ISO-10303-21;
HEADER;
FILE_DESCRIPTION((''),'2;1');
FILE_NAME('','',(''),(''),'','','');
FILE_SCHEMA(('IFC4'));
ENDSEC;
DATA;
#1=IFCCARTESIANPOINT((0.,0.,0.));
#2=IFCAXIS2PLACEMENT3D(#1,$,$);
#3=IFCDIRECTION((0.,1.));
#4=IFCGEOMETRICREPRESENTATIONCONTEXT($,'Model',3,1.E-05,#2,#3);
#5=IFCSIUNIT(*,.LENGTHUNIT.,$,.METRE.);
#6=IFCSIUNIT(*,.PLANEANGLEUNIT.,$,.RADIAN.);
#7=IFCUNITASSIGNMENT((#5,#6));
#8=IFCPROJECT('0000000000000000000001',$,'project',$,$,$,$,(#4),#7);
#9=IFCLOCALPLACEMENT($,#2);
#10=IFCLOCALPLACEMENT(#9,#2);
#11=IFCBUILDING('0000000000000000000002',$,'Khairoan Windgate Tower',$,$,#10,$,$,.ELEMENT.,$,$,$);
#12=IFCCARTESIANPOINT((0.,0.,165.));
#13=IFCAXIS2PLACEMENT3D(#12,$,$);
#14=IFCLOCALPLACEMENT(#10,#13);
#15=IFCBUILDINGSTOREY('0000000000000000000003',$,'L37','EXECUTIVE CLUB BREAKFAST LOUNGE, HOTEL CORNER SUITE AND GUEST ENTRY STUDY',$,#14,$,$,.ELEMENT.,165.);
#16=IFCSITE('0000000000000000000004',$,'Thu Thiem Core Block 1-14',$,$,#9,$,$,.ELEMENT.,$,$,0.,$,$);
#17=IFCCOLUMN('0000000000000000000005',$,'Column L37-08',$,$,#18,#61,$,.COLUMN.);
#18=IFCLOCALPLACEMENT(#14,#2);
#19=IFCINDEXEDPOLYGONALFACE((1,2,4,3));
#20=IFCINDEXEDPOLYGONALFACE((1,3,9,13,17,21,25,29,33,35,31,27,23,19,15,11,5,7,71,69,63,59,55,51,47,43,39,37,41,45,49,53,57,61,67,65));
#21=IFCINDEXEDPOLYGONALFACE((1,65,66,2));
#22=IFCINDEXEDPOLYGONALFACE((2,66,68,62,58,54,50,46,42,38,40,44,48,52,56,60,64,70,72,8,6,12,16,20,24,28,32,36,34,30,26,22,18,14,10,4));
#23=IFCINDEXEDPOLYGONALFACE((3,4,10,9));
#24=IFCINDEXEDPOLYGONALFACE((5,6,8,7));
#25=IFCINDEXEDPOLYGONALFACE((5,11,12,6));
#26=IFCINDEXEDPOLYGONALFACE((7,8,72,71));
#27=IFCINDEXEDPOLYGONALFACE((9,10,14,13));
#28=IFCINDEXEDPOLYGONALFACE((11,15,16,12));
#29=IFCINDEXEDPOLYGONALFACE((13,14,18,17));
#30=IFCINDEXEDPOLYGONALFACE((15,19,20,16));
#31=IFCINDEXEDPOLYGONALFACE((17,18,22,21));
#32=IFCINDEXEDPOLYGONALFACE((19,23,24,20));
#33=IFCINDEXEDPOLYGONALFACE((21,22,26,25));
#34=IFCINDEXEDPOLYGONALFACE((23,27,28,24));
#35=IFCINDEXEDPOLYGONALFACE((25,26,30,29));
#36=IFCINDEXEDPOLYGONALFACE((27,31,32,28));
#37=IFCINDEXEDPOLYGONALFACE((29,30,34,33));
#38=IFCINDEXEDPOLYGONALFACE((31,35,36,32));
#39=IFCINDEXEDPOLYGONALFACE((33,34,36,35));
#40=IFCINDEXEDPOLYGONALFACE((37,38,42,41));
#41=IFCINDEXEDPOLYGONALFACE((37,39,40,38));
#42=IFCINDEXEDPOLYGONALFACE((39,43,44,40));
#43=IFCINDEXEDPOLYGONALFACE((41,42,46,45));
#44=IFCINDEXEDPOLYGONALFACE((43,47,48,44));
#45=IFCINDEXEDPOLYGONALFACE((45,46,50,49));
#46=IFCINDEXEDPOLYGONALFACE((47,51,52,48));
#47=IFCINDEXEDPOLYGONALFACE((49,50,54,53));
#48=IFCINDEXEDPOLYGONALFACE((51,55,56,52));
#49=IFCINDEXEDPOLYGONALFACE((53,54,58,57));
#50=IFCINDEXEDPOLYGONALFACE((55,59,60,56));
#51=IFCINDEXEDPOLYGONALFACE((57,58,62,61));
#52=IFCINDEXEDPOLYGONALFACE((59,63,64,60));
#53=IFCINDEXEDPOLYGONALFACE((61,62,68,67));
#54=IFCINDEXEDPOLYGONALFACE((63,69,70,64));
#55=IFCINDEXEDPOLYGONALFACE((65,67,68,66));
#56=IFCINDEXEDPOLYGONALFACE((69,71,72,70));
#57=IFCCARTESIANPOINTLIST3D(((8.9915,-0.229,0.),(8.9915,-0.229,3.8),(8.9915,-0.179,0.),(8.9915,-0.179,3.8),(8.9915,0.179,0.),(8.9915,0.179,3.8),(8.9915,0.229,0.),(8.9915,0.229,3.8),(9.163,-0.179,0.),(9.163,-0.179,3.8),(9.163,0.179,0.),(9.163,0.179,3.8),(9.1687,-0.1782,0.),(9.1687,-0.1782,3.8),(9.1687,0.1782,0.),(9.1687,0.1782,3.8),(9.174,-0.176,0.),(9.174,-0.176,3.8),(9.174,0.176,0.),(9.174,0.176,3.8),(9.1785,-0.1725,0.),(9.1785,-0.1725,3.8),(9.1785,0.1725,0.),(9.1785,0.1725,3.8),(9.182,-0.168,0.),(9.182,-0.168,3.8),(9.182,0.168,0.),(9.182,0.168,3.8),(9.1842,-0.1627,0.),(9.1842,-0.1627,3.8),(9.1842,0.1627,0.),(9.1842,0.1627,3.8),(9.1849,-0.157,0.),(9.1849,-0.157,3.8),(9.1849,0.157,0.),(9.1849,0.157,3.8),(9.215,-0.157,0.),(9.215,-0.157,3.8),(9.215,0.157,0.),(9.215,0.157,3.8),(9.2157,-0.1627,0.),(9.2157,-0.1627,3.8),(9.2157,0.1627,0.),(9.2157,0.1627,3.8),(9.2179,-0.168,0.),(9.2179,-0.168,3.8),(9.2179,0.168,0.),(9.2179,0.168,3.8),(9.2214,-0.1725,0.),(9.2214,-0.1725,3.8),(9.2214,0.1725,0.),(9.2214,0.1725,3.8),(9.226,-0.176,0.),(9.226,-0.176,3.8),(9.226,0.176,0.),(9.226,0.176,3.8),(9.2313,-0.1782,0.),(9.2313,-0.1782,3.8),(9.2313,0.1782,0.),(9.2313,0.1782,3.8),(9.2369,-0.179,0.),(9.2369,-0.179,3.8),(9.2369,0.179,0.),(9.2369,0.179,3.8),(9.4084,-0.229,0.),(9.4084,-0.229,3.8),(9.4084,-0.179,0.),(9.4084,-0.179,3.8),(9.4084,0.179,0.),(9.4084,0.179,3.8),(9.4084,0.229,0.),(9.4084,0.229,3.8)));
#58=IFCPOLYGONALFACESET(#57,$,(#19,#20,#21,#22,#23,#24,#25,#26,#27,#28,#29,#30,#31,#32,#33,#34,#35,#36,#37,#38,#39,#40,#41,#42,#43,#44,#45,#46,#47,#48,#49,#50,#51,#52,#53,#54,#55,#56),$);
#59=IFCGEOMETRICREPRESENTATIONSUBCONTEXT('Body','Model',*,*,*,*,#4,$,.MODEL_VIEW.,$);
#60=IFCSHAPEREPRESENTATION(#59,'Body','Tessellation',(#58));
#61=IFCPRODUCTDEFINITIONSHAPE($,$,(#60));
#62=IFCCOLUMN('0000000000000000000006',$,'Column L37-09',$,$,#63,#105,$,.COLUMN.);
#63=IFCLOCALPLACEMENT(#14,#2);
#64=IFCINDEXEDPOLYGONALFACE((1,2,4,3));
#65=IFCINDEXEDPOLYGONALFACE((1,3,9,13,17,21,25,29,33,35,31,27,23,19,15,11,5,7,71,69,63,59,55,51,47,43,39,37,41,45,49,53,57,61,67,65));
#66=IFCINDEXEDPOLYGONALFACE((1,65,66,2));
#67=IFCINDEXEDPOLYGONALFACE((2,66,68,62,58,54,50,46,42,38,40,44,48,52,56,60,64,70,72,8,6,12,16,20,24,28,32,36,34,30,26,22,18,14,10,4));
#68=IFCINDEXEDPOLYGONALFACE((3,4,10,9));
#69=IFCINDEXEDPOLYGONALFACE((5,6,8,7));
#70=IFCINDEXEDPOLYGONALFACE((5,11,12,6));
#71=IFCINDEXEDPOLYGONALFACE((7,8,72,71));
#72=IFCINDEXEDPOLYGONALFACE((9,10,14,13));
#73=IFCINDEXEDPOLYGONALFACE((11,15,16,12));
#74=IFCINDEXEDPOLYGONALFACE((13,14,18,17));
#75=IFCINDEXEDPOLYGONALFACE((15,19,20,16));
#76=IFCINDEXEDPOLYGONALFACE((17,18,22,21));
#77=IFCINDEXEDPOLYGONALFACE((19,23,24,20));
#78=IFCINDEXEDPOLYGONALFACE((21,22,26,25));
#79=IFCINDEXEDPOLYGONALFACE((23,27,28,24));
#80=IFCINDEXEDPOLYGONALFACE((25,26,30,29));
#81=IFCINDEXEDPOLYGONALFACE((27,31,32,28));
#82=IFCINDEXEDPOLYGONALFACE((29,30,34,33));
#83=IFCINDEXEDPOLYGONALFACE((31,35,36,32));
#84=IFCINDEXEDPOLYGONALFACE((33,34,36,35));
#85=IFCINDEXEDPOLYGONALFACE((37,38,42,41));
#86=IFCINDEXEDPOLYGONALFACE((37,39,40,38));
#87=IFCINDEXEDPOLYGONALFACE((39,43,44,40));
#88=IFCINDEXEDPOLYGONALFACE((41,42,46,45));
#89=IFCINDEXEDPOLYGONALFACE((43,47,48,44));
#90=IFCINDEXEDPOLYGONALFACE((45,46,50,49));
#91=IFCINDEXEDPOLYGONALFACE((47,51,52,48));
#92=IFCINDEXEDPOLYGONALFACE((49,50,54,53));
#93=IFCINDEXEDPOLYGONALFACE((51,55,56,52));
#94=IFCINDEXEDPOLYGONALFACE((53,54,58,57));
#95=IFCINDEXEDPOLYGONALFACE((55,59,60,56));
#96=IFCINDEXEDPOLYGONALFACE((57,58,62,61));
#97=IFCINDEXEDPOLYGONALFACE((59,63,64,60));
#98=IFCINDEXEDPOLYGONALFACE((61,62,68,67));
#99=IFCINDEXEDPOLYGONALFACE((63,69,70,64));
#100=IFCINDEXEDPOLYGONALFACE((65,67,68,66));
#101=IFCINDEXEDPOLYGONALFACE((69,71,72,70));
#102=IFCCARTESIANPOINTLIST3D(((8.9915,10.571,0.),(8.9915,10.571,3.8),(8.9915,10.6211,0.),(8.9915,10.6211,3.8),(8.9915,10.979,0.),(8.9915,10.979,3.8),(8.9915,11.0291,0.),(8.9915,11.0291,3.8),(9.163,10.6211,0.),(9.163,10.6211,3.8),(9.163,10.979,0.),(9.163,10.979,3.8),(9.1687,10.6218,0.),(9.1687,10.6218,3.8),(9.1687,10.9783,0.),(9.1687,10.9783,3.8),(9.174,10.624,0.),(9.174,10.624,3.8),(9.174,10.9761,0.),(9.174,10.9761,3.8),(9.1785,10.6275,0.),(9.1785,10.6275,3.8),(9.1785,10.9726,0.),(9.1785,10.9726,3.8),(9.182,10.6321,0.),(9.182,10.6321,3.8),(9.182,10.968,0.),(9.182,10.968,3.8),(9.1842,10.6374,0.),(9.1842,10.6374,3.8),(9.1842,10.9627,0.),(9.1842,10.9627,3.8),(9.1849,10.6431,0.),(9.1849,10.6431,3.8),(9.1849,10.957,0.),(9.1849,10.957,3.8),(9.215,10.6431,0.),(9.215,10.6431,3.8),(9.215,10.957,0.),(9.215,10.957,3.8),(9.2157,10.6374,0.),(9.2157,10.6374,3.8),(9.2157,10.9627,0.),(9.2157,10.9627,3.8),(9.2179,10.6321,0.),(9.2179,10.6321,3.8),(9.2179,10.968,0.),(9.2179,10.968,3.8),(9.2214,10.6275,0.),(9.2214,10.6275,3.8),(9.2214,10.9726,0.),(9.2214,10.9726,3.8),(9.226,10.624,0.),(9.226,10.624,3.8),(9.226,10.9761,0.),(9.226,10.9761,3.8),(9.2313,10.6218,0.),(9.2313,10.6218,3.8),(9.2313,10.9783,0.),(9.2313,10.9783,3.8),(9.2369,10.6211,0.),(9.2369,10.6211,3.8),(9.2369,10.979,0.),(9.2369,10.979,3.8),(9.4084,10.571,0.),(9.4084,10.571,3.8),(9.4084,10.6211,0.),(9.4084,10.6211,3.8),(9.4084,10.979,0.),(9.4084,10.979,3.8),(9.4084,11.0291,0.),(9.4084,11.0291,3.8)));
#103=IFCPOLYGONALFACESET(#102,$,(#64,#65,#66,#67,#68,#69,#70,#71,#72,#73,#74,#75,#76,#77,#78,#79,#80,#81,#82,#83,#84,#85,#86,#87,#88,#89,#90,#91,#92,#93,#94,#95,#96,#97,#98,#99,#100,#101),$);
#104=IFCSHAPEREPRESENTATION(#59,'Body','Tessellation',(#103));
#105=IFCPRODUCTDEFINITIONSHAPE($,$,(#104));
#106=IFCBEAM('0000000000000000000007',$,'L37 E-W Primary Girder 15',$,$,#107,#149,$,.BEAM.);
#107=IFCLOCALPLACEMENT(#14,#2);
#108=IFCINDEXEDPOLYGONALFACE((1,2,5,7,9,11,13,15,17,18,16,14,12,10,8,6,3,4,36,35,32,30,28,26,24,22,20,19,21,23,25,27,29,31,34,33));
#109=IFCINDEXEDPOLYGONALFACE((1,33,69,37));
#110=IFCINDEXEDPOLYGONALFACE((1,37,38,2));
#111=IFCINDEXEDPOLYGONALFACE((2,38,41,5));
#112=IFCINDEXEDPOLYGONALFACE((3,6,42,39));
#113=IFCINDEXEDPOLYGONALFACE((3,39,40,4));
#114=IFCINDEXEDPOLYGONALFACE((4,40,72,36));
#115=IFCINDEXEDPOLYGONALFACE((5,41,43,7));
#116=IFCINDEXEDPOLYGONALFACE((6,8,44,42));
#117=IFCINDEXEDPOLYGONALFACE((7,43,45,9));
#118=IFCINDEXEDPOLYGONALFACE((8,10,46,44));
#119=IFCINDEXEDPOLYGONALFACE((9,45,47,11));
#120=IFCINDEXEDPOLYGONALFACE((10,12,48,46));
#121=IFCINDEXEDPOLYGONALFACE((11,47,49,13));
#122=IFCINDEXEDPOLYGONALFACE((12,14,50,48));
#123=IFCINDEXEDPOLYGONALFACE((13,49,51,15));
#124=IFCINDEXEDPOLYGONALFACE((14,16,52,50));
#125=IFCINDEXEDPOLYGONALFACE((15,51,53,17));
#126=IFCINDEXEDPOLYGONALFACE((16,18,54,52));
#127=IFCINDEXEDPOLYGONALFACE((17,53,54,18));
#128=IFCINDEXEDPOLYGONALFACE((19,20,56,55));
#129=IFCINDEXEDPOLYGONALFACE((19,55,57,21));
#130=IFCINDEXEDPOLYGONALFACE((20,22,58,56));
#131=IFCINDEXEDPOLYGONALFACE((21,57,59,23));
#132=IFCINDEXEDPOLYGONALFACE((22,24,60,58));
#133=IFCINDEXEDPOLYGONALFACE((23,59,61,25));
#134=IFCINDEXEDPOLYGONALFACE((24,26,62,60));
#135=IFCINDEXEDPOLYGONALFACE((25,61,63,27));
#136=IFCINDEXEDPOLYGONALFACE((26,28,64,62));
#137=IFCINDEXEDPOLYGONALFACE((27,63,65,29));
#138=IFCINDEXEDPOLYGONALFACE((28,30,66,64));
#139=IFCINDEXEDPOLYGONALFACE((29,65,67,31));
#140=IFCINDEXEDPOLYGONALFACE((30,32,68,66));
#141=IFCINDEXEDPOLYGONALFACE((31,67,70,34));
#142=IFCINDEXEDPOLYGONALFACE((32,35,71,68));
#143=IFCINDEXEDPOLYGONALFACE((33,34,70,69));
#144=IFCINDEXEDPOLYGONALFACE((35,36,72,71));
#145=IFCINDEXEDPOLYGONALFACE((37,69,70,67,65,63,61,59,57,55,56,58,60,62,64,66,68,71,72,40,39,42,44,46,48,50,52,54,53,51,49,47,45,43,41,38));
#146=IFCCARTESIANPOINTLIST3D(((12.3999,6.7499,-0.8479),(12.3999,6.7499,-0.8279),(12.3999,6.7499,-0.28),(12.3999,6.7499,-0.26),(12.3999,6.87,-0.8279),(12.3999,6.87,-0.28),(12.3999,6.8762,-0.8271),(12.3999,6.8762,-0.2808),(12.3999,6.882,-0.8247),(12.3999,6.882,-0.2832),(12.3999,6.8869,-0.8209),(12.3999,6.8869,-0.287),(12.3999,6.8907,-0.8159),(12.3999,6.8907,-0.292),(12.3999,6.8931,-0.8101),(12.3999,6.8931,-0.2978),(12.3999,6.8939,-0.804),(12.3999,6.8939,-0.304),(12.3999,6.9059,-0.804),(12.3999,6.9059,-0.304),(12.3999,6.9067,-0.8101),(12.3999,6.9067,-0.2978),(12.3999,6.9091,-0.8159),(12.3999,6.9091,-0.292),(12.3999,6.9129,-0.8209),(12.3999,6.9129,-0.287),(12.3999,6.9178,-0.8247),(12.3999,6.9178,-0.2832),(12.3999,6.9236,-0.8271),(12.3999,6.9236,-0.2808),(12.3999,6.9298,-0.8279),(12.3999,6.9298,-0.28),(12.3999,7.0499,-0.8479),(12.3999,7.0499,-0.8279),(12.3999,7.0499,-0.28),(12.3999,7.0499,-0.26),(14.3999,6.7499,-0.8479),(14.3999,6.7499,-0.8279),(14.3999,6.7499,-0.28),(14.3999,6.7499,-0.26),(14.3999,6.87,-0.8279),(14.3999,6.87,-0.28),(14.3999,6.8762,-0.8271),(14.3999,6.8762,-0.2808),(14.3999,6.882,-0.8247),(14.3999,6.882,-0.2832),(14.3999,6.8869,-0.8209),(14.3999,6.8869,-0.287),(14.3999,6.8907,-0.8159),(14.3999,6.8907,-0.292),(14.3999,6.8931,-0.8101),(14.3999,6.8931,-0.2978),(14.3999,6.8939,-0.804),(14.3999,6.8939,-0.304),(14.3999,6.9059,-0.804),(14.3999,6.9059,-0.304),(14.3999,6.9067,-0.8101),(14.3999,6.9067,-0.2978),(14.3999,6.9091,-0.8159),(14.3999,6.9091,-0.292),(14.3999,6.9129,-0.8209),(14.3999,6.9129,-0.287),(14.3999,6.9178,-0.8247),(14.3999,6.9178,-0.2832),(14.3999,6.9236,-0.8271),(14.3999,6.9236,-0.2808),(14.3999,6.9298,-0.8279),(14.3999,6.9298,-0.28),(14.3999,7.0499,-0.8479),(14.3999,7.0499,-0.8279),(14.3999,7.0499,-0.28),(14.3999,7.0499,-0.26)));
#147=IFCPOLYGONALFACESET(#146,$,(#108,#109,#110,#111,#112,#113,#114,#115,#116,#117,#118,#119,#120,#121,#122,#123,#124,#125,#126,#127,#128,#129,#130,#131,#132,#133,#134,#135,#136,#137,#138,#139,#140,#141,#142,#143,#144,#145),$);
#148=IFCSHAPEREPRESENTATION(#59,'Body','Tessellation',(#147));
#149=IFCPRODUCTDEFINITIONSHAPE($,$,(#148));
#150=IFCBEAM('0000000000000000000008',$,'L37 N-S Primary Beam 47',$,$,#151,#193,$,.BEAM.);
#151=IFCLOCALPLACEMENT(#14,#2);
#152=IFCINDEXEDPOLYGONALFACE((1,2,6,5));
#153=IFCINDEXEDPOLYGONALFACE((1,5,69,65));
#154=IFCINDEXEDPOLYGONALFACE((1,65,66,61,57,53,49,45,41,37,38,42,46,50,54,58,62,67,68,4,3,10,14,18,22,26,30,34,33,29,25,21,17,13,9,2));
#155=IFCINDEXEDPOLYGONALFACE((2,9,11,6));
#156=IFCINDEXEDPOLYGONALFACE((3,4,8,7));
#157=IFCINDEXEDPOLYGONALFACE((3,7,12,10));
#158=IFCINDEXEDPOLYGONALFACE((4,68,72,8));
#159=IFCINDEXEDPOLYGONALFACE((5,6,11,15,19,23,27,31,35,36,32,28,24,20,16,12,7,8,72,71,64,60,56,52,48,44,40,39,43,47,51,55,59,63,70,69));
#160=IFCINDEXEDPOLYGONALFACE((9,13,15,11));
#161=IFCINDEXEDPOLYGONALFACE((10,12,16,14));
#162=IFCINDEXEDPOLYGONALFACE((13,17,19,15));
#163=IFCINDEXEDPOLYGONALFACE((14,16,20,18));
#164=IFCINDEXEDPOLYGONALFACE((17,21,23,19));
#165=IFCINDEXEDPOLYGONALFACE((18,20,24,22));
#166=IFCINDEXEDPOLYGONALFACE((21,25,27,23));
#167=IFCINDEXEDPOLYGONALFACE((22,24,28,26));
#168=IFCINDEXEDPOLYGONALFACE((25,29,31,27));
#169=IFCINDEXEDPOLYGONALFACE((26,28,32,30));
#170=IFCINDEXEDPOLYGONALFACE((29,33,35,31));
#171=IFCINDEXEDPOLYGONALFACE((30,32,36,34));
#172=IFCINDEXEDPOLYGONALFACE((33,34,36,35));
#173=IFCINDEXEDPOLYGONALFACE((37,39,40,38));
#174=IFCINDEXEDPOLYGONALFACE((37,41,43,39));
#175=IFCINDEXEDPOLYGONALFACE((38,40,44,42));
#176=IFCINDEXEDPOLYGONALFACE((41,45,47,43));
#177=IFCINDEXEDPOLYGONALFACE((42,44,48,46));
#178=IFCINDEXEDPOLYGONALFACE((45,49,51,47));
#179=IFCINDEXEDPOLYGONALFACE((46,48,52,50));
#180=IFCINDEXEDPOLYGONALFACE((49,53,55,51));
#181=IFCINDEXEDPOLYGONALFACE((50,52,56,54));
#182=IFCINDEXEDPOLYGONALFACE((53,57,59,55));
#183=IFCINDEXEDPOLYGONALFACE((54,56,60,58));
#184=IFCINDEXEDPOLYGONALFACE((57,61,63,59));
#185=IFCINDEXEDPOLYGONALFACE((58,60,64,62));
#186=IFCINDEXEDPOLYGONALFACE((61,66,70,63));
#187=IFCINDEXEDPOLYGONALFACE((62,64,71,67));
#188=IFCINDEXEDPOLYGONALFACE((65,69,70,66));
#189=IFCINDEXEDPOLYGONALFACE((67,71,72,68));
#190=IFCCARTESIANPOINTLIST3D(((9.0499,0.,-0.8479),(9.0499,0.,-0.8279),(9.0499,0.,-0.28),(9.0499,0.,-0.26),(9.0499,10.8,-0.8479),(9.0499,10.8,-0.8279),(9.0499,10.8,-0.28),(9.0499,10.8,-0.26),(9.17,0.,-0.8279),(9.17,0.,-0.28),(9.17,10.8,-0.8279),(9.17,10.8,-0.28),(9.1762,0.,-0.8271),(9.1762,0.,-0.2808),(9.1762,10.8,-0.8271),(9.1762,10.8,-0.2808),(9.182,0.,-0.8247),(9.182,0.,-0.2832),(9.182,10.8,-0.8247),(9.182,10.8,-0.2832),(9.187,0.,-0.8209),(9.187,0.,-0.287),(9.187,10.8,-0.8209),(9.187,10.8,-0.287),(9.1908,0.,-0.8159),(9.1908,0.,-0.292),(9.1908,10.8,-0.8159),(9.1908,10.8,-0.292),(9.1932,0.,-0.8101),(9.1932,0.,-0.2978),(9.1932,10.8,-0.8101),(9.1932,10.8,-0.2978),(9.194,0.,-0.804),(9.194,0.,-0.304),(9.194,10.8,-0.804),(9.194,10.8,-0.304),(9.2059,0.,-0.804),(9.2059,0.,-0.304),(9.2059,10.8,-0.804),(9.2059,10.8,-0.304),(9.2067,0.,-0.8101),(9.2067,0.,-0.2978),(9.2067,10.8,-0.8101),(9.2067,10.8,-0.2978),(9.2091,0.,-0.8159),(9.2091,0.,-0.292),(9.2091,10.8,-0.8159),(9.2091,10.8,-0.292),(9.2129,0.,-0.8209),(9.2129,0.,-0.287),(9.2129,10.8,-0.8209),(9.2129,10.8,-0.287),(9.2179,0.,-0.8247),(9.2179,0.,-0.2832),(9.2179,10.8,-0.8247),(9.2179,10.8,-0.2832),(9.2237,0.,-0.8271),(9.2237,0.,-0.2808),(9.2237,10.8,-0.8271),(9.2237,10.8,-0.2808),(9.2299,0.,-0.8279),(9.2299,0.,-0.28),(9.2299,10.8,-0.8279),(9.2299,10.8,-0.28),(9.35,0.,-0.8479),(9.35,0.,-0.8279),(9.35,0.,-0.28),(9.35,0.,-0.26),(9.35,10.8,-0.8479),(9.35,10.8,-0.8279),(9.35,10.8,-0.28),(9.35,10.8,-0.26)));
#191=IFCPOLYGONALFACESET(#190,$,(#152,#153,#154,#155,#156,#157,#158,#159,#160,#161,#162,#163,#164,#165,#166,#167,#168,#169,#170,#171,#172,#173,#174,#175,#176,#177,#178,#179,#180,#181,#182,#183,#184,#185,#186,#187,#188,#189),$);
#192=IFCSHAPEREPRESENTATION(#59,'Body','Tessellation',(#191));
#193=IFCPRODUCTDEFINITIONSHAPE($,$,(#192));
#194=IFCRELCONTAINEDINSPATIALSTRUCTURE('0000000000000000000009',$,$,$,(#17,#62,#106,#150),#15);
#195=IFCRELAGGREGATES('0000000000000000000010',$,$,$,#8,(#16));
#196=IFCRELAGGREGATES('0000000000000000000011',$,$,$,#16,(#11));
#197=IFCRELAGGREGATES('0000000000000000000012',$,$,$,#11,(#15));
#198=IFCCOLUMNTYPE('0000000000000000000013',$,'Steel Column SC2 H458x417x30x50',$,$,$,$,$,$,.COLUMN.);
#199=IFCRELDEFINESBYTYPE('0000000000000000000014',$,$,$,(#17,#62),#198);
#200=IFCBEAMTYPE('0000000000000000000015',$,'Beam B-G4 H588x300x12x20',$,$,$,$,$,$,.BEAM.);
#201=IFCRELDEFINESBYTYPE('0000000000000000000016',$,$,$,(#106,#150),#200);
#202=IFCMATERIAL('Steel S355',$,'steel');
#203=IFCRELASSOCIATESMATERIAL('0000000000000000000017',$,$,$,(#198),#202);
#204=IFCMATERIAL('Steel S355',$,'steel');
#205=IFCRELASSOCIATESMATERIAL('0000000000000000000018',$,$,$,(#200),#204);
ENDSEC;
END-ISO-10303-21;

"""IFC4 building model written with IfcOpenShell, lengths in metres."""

from ifc_helpers import new_model, si_unit, direction, frame, origin, origin_2d, place, context, subcontext, project, spatial, i_section, extrude, material, material_profile, profile_set, type_object, element, save


model = new_model("IFC4")

# Units and contexts
model_context = context("Model", 3, precision=1e-05, world=origin(), true_north=direction((0.0, 1.0)))
body_context = subcontext(model_context, "Body", "Model", "MODEL_VIEW")
ifc_project = project(units=[si_unit("LENGTHUNIT", "METRE"), si_unit("PLANEANGLEUNIT", "RADIAN")], contexts=[model_context])

# Site, building, storey
site_placement = place(None, origin())
site = spatial("IfcSite", under=ifc_project, at=site_placement, Name="Thu Thiem Core Block 1-14", CompositionType="ELEMENT", RefElevation=0.0)
building_placement = place(site_placement, origin())
building = spatial("IfcBuilding", under=site, at=building_placement, Name="Khairoan Windgate Tower", CompositionType="ELEMENT")
storey_placement = place(building_placement, frame((0.0, 0.0, 165.0)))
storey = spatial("IfcBuildingStorey", under=building, at=storey_placement, Name="L37", Description="EXECUTIVE CLUB BREAKFAST LOUNGE, HOTEL CORNER SUITE AND GUEST ENTRY STUDY", CompositionType="ELEMENT", Elevation=165.0)

# Columns
ifc_material_1 = material(Name="Steel S355", Category="steel")
ifc_material_profile_1 = material_profile(ifc_material_1, i_section(OverallWidth=0.417, OverallDepth=0.458, WebThickness=0.03, FlangeThickness=0.05, FilletRadius=0.022, at=origin_2d()))
ifc_profile_set_1 = profile_set([ifc_material_profile_1], Name="Steel S355")
column_type = type_object("IfcColumnType", Name="Steel Column SC2 H458x417x30x50", PredefinedType="COLUMN", material=ifc_profile_set_1)
for number, where, z_axis, x_axis, name in (
    (1, (9.2, 0.0, 0.0), (0.0, 0.0, 1.0), (1.0, 0.0, 0.0), "Column L37-08"),
    (2, (9.2, 10.8, 0.0), (0.0, 0.0, 1.0), (1.0, 0.0, 0.0), "Column L37-09"),
):
    element("IfcColumn", number, at=place(storey_placement, frame(where, z_axis=z_axis, x_axis=x_axis)), inside=storey, type_object=column_type, Name=name, PredefinedType="COLUMN", context=body_context, shape_type="SweptSolid", body=[
        extrude(i_section(OverallWidth=0.417, OverallDepth=0.458, WebThickness=0.03, FlangeThickness=0.05, FilletRadius=0.022, at=origin_2d()), origin(), (0.0, 0.0, 1.0), 3.8),
    ])

# Beams
ifc_material_2 = material(Name="Steel S355", Category="steel")
ifc_material_profile_2 = material_profile(ifc_material_2, i_section(OverallWidth=0.3, OverallDepth=0.5879, WebThickness=0.012, FlangeThickness=0.02, FilletRadius=0.0239, at=origin_2d()))
ifc_profile_set_2 = profile_set([ifc_material_profile_2], Name="Steel S355")
beam_type_1 = type_object("IfcBeamType", Name="Beam B-G4 H588x300x12x20", PredefinedType="BEAM", material=ifc_profile_set_2)
beam_1_placement = place(storey_placement, frame((12.3999, 6.8999, -0.554), z_axis=(1.0, 0.0, 0.0), x_axis=(0.0, 1.0, 0.0)))
element("IfcBeam", 3, at=beam_1_placement, inside=storey, type_object=beam_type_1, Name="L37 E-W Primary Girder 15", PredefinedType="BEAM", context=body_context, shape_type="SweptSolid", body=[
    extrude(i_section(OverallWidth=0.3, OverallDepth=0.5879, WebThickness=0.012, FlangeThickness=0.02, FilletRadius=0.0239, at=origin_2d()), origin(), (0.0, 0.0, 1.0), 2.0),
])
beam_2_placement = place(storey_placement, frame((9.2, 0.0, -0.554), z_axis=(0.0, 1.0, 0.0), x_axis=(-1.0, 0.0, 0.0)))
element("IfcBeam", 4, at=beam_2_placement, inside=storey, type_object=beam_type_1, Name="L37 N-S Primary Beam 47", PredefinedType="BEAM", context=body_context, shape_type="SweptSolid", body=[
    extrude(i_section(OverallWidth=0.3, OverallDepth=0.5879, WebThickness=0.012, FlangeThickness=0.02, FilletRadius=0.0239, at=origin_2d()), origin(), (0.0, 0.0, 1.0), 10.8),
])

save(model, "model.ifc")
